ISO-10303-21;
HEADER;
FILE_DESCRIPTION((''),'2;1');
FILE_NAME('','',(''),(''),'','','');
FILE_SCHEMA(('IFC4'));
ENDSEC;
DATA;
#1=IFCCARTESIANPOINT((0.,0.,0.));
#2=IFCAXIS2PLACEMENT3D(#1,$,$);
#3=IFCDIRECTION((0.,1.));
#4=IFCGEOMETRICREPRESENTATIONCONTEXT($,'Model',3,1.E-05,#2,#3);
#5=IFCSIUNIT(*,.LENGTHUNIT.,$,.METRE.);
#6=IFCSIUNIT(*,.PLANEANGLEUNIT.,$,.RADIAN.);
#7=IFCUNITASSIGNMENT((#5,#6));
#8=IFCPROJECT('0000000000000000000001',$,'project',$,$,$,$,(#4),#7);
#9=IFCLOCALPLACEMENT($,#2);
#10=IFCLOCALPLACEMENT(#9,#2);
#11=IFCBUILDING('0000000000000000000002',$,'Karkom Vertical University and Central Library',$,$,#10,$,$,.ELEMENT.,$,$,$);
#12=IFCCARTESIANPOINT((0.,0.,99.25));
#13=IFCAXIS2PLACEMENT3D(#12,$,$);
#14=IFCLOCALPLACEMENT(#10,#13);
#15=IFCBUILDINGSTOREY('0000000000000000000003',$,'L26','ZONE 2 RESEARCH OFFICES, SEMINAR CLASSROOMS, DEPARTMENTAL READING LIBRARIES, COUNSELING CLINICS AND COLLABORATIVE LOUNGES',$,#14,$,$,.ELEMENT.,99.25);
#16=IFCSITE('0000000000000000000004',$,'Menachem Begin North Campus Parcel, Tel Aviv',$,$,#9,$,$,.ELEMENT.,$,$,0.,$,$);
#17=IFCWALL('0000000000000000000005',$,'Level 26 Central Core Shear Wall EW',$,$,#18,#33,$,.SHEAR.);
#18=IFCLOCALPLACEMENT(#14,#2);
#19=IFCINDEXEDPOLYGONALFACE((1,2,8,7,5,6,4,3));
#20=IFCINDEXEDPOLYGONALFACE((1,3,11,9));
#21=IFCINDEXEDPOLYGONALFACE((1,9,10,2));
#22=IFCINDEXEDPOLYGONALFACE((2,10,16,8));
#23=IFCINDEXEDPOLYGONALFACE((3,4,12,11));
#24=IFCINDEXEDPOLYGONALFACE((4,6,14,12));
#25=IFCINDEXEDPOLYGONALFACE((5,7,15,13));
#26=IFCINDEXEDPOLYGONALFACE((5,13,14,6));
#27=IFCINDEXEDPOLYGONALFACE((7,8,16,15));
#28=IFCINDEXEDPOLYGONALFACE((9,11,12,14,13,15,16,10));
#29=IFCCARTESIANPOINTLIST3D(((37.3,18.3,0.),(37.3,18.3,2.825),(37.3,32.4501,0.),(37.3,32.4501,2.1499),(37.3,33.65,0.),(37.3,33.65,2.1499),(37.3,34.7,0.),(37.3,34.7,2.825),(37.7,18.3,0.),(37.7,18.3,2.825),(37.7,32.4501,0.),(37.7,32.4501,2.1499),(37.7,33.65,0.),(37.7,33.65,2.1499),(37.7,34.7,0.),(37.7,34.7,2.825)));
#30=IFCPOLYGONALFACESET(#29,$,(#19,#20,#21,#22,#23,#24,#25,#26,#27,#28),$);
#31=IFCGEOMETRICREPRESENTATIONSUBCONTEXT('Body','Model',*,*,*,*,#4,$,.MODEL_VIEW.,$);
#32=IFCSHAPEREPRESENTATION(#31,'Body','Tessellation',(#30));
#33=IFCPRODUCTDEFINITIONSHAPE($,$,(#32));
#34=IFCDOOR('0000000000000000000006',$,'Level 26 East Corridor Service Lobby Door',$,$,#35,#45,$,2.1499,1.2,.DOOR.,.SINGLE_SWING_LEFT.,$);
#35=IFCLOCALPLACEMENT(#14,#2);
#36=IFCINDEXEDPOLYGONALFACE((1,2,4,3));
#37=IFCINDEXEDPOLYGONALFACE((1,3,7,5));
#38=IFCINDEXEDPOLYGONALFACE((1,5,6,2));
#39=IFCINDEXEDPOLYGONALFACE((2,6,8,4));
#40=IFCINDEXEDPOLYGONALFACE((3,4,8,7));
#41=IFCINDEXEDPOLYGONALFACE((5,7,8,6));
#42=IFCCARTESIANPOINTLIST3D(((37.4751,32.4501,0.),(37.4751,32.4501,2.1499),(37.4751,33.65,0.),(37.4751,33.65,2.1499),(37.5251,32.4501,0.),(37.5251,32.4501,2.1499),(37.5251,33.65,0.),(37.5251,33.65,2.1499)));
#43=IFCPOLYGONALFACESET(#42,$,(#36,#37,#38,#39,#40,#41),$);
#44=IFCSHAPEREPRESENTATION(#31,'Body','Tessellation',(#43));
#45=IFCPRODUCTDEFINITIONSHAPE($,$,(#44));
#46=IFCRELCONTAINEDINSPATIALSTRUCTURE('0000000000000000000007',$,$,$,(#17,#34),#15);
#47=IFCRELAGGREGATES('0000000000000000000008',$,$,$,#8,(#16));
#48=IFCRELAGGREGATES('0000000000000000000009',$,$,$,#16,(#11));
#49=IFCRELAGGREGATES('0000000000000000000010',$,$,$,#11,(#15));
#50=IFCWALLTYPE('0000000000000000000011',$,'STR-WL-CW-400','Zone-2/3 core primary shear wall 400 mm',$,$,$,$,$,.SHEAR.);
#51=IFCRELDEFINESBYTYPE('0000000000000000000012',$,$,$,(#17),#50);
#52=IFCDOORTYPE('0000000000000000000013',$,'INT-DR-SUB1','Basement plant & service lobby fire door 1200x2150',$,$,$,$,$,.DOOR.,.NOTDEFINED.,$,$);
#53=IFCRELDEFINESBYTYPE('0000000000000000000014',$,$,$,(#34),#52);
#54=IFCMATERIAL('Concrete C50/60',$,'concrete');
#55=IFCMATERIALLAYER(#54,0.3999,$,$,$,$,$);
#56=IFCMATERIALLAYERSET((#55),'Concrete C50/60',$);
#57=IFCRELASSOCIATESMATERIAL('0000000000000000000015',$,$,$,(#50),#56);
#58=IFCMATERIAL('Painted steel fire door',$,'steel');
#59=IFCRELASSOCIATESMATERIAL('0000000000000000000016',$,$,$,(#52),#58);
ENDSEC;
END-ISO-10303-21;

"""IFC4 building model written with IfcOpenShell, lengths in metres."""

from ifc_helpers import new_model, si_unit, direction, frame, frame_2d, origin, origin_with_axes, place, context, subcontext, project, spatial, rectangle, extrude, source, transform, mapped, material, layer, layer_set, type_object, element, fill, save


model = new_model("IFC4")

# Units and contexts
model_context = context("Model", 3, precision=1e-05, world=origin(), true_north=direction((0.0, 1.0)))
body_context = subcontext(model_context, "Body", "Model", "MODEL_VIEW")
ifc_project = project(units=[si_unit("LENGTHUNIT", "METRE"), si_unit("PLANEANGLEUNIT", "RADIAN")], contexts=[model_context])

# Site, building, storey
site_placement = place(None, origin())
site = spatial("IfcSite", under=ifc_project, at=site_placement, Name="Menachem Begin North Campus Parcel, Tel Aviv", CompositionType="ELEMENT", RefElevation=0.0)
building_placement = place(site_placement, origin())
building = spatial("IfcBuilding", under=site, at=building_placement, Name="Karkom Vertical University and Central Library", CompositionType="ELEMENT")
storey_placement = place(building_placement, frame((0.0, 0.0, 99.25)))
storey = spatial("IfcBuildingStorey", under=building, at=storey_placement, Name="L26", Description="ZONE 2 RESEARCH OFFICES, SEMINAR CLASSROOMS, DEPARTMENTAL READING LIBRARIES, COUNSELING CLINICS AND COLLABORATIVE LOUNGES", CompositionType="ELEMENT", Elevation=99.25)

# Shared definitions
ifc_material_1 = material(Name="Concrete C50/60", Category="concrete")

# Wall, opening, door
ifc_layer_1 = layer(ifc_material_1, 0.3999)
ifc_layer_set_1 = layer_set([ifc_layer_1], Name="Concrete C50/60")
wall_type_1 = type_object("IfcWallType", Name="STR-WL-CW-400", Description="Zone-2/3 core primary shear wall 400 mm", PredefinedType="SHEAR", material=ifc_layer_set_1)
wall_1_placement = place(storey_placement, frame((37.5, 18.3, 0.0), z_axis=(0.0, 0.0, 1.0), x_axis=(0.0, 1.0, 0.0)))
wall_1 = element("IfcWall", 1, at=wall_1_placement, inside=storey, type_object=wall_type_1, Name="Level 26 Central Core Shear Wall EW", PredefinedType="SHEAR", context=body_context, shape_type="SweptSolid", body=[
    extrude(rectangle(XDim=16.3999, YDim=0.3999, at=frame_2d((8.2, 0.0))), origin(), (0.0, 0.0, 1.0), 2.825),
])
opening_placement = place(wall_1_placement, frame((14.1499, 0.0, 0.0)))
opening = element("IfcOpeningElement", 2, at=opening_placement, cuts=wall_1, PredefinedType="OPENING", context=body_context, shape_type="SweptSolid", body=[
    extrude(rectangle(XDim=1.2, YDim=2.1499, at=frame_2d((0.6001, 1.075))), frame((0.0, 0.21, 0.0), z_axis=(0.0, -1.0, 0.0), x_axis=(1.0, 0.0, 0.0)), (0.0, 0.0, 1.0), 0.4199),
])
ifc_material_2 = material(Name="Painted steel fire door", Category="steel")
door_type = type_object("IfcDoorType", Name="INT-DR-SUB1", Description="Basement plant & service lobby fire door 1200x2150", OperationType="NOTDEFINED", PredefinedType="DOOR", material=ifc_material_2)
shared_shape_1 = source(origin_with_axes(), body_context, "Body", "SweptSolid", [
    extrude(rectangle(XDim=1.2, YDim=2.1499, at=frame_2d((0.6001, 1.075))), frame((0.0, 0.0249, 0.0), z_axis=(0.0, -1.0, 0.0), x_axis=(1.0, 0.0, 0.0)), (0.0, 0.0, 1.0), 0.05),
])
door_placement = place(opening_placement, origin())
door = element("IfcDoor", 3, at=door_placement, inside=storey, type_object=door_type, Name="Level 26 East Corridor Service Lobby Door", OperationType="SINGLE_SWING_LEFT", OverallHeight=2.1499, OverallWidth=1.2, PredefinedType="DOOR", context=body_context, shape_type="MappedRepresentation", body=[
    mapped(shared_shape_1, transform((0.0, 0.0, 0.0), scale=1.0)),
])
fill(opening, door)

save(model, "model.ifc")
